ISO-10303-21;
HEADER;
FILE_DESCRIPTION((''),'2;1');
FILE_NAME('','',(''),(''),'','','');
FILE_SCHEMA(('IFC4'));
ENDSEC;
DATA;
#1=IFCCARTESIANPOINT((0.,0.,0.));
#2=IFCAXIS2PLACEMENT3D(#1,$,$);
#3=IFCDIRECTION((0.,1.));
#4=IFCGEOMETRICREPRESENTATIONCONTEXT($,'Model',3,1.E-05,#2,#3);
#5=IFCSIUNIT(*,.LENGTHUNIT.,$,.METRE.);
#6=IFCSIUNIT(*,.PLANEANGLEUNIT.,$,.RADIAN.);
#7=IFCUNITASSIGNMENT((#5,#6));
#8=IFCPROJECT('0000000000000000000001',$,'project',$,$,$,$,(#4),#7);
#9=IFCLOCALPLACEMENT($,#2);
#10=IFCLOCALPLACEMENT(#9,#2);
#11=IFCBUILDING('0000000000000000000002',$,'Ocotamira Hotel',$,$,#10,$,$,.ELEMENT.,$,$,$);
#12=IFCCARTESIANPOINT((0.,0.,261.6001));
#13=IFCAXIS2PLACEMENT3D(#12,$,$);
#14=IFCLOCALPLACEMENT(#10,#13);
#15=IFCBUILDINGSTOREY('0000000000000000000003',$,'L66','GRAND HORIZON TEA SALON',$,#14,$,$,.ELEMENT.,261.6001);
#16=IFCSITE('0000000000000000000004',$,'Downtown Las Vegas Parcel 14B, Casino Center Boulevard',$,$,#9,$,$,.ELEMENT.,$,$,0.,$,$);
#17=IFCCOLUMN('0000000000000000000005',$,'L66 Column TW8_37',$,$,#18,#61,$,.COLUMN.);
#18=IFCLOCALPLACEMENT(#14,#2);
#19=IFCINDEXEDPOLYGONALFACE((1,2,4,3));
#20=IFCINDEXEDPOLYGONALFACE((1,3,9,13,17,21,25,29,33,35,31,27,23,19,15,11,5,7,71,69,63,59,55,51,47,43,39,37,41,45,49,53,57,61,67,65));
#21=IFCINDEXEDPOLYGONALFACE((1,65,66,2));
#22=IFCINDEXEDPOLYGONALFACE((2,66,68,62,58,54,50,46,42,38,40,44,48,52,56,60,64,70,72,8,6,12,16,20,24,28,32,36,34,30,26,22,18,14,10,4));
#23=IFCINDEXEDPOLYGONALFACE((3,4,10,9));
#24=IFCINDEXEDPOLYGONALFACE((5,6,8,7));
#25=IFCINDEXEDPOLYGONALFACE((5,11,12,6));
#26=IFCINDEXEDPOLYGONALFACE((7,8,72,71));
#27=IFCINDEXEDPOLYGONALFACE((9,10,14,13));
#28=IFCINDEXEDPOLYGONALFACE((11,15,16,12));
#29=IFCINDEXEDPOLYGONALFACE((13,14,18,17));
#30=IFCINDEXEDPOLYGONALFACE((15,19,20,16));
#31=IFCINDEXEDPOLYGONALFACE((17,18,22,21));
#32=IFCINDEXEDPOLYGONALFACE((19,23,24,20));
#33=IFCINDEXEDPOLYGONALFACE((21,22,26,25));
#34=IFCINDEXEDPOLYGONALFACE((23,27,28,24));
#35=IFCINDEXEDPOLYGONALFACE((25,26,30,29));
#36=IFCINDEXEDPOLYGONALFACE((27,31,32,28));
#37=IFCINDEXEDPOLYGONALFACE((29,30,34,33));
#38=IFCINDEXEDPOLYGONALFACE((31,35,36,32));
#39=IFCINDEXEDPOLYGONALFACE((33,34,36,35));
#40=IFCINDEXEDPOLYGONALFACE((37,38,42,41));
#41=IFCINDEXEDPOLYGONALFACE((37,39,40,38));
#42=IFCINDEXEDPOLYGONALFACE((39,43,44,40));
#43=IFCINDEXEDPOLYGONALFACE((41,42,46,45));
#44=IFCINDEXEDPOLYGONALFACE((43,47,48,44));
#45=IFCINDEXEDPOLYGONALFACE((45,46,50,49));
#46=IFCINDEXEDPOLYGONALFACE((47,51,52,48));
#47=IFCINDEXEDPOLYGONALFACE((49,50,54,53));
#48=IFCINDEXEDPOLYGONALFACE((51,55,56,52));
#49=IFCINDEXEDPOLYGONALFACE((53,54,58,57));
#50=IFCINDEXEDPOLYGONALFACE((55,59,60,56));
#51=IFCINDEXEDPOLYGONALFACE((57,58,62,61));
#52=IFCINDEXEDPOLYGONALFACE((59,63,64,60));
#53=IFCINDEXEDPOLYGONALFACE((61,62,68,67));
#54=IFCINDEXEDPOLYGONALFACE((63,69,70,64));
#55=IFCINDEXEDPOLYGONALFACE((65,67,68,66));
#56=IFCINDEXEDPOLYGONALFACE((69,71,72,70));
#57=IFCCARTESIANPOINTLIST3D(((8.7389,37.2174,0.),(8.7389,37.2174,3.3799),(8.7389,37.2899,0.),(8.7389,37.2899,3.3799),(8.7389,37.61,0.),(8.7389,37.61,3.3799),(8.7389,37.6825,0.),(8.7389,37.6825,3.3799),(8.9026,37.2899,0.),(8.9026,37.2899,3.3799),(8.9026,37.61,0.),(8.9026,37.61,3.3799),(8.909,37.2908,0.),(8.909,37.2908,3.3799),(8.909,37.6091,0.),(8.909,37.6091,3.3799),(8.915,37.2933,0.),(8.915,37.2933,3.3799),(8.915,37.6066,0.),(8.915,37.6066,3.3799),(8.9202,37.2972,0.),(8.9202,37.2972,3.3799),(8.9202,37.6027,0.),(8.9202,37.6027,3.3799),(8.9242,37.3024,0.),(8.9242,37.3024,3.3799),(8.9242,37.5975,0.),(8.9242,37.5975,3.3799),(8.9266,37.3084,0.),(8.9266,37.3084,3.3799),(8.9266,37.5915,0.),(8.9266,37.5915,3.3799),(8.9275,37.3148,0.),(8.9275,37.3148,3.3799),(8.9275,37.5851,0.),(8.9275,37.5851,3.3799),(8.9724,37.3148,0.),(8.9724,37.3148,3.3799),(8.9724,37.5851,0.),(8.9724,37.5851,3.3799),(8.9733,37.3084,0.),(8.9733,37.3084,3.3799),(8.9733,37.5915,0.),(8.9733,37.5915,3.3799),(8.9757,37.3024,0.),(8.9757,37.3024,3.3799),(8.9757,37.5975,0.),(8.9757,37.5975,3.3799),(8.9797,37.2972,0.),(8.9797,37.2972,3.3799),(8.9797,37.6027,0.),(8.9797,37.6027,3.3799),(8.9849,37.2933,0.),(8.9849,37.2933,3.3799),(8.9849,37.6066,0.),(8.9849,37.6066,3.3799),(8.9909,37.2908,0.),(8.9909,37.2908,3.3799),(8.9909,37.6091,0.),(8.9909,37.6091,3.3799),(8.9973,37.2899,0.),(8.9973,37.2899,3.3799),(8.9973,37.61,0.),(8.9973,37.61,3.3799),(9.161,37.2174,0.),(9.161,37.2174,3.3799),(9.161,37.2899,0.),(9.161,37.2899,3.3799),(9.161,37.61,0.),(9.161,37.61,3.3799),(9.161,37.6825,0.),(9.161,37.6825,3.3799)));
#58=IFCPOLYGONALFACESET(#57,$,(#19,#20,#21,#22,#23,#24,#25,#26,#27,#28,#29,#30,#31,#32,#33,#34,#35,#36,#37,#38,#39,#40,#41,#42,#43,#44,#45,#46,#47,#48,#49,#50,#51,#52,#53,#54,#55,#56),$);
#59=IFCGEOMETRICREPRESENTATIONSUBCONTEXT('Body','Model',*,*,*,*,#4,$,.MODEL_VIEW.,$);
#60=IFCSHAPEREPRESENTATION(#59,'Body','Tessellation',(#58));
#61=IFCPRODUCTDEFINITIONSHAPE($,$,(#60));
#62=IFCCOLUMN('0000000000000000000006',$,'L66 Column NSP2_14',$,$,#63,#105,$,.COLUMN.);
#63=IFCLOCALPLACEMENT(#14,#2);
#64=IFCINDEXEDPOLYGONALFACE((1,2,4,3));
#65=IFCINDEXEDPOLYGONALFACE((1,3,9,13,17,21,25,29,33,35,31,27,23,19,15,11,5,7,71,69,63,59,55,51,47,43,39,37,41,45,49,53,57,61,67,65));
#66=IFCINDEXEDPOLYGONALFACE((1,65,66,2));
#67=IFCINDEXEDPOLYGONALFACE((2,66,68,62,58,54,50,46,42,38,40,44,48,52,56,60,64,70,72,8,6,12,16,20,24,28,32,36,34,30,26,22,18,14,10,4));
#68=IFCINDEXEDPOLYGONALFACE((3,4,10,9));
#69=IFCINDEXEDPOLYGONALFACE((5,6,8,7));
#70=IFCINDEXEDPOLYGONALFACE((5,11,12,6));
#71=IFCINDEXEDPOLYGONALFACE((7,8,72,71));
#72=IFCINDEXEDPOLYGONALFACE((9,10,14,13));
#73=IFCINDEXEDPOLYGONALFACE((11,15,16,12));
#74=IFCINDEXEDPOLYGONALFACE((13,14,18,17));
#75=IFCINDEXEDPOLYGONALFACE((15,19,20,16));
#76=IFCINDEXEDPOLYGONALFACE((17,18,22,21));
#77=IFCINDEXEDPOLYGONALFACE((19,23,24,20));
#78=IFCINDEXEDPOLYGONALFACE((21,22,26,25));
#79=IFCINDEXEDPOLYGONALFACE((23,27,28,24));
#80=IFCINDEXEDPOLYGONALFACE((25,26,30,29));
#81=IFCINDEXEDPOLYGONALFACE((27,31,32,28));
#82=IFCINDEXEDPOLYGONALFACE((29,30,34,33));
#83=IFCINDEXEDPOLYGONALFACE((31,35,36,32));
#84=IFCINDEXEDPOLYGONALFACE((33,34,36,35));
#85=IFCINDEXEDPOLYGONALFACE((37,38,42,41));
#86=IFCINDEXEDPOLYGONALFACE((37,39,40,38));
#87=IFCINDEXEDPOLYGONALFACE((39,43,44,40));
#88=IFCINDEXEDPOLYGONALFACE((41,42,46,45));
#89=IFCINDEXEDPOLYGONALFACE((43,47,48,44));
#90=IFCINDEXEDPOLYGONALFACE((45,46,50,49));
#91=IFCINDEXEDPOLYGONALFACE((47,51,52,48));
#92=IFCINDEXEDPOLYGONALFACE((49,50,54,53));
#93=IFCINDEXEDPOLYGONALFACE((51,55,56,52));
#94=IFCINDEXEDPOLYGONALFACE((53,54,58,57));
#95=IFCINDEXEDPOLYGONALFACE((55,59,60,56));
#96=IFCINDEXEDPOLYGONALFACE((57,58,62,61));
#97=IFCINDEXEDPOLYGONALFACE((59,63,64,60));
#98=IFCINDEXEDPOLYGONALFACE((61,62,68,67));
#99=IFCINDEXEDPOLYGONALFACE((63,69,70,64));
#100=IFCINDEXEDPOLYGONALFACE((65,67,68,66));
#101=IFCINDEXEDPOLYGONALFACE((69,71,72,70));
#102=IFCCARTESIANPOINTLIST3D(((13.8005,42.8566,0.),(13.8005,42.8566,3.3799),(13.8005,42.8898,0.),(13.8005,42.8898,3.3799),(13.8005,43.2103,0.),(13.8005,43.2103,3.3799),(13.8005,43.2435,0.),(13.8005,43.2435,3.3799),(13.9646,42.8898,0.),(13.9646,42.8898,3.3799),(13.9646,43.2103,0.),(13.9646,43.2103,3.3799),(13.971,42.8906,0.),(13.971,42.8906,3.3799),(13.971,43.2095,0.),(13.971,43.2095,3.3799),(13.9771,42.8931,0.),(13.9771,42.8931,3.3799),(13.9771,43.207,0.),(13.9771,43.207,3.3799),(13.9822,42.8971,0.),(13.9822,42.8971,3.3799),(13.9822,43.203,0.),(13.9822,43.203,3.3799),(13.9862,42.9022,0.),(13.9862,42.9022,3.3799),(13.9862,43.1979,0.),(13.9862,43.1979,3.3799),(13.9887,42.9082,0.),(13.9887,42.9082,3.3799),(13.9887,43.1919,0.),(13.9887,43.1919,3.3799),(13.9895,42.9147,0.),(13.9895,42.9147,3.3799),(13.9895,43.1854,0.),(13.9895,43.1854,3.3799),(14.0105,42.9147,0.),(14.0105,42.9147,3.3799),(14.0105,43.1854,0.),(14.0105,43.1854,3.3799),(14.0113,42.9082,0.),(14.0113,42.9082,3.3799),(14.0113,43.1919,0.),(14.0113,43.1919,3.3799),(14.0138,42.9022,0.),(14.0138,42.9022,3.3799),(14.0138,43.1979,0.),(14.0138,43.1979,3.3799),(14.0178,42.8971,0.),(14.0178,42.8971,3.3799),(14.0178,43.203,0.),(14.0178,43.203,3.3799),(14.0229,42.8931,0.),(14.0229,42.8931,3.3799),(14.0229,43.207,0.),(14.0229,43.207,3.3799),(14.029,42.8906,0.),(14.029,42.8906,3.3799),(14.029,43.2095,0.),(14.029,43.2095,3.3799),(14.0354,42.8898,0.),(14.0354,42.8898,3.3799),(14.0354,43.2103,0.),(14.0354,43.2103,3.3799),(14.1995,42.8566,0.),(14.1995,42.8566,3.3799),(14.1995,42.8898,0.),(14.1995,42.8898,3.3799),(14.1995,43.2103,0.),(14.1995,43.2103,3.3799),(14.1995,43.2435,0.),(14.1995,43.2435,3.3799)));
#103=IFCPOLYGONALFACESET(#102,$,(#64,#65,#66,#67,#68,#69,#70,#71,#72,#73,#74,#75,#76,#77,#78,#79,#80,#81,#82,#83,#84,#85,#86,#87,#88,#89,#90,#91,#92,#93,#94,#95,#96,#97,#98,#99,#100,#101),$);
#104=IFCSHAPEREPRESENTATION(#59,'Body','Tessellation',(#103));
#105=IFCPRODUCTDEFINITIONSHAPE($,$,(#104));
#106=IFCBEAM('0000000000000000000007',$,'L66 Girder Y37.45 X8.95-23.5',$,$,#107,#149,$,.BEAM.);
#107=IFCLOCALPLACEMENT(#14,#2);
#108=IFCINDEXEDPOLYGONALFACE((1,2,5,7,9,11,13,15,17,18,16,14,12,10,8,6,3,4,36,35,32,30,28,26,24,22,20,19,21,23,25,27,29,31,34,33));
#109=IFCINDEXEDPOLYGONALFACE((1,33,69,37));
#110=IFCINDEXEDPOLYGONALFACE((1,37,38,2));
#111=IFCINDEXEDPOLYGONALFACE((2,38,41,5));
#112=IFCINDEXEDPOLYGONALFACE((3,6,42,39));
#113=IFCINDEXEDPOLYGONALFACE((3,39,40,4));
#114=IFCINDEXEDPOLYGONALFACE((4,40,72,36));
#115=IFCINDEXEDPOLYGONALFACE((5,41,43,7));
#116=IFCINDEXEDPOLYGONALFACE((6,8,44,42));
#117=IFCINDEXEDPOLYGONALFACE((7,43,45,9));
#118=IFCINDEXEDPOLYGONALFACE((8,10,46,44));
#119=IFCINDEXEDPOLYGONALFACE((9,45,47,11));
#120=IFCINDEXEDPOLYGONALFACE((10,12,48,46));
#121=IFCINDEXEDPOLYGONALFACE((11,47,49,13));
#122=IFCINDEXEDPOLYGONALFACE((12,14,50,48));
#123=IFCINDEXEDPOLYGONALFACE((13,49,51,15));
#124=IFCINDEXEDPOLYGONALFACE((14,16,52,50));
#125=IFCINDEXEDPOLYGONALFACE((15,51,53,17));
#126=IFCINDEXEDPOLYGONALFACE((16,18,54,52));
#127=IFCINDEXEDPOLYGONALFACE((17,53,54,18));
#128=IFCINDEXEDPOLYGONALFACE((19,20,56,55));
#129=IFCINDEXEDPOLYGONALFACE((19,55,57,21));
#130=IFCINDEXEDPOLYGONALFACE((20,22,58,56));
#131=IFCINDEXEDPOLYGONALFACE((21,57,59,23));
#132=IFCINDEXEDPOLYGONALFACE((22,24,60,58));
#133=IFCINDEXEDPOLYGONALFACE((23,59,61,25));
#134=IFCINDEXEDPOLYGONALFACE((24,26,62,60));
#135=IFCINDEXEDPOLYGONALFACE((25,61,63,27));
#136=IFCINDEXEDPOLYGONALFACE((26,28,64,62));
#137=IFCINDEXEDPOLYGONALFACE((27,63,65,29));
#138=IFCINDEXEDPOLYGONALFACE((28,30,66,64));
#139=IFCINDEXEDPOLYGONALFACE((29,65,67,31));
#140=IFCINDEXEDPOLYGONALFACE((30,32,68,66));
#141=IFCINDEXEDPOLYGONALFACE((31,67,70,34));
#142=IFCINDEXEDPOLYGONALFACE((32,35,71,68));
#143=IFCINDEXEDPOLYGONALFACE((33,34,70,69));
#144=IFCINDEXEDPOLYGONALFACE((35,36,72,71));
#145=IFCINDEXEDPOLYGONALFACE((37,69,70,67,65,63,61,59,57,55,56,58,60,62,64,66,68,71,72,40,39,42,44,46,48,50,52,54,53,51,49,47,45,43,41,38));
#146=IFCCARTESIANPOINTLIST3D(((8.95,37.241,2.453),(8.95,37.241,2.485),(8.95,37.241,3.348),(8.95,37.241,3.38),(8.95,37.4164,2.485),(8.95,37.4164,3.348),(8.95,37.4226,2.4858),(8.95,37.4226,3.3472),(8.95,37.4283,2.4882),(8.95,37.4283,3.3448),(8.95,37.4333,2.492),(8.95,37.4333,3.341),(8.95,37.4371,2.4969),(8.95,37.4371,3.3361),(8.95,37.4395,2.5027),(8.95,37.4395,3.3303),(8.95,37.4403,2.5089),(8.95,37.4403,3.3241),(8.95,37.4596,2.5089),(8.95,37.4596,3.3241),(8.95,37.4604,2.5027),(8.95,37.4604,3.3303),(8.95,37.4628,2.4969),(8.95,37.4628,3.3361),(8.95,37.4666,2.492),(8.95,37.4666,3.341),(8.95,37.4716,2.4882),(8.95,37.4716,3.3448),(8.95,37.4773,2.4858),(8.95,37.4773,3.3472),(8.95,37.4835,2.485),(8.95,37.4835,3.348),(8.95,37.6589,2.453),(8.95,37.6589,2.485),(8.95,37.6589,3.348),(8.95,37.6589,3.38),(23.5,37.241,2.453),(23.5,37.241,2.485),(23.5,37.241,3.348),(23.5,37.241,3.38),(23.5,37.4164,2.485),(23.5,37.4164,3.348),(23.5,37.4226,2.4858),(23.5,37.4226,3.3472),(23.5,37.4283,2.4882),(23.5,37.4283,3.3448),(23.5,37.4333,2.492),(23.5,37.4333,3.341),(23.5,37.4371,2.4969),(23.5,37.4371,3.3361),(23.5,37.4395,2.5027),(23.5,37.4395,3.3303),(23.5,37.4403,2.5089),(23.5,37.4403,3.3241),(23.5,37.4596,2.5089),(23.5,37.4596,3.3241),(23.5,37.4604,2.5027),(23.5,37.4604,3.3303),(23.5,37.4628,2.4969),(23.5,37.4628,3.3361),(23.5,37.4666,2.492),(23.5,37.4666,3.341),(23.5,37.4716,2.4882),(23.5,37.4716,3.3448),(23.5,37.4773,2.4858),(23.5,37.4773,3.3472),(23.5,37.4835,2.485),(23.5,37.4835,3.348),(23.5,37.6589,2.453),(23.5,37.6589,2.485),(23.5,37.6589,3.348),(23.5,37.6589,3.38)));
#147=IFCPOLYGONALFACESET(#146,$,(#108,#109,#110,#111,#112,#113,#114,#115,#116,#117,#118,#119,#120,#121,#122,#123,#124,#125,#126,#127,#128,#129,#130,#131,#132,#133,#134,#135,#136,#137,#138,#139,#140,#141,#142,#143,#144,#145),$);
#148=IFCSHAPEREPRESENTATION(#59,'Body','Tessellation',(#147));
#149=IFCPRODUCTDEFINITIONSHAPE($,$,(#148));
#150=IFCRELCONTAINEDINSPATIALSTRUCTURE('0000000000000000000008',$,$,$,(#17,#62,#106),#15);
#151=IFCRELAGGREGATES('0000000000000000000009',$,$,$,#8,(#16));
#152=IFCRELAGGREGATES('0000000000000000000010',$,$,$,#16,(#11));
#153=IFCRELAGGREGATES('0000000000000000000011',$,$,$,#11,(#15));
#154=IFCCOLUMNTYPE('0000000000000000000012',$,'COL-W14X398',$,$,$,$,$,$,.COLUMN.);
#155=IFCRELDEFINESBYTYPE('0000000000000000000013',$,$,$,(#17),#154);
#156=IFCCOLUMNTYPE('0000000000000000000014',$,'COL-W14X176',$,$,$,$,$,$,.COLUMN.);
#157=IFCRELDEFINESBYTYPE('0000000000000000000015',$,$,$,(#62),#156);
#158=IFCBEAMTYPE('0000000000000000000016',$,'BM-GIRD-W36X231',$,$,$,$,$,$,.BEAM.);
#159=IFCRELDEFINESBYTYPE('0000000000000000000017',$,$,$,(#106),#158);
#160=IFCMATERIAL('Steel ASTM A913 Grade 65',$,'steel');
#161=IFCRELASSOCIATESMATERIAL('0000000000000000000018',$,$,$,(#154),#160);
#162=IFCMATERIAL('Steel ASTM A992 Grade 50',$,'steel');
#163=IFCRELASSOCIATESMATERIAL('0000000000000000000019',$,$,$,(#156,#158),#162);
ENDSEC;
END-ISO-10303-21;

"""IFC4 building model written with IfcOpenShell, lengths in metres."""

from ifc_helpers import new_model, si_unit, direction, frame, origin, origin_2d, place, context, subcontext, project, spatial, i_section, extrude, source, transform, mapped, material, material_profile, profile_set, type_object, element, save


model = new_model("IFC4")

# Units and contexts
model_context = context("Model", 3, precision=1e-05, world=origin(), true_north=direction((0.0, 1.0)))
body_context = subcontext(model_context, "Body", "Model", "MODEL_VIEW")
ifc_project = project(units=[si_unit("LENGTHUNIT", "METRE"), si_unit("PLANEANGLEUNIT", "RADIAN")], contexts=[model_context])

# Site, building, storey
site_placement = place(None, origin())
site = spatial("IfcSite", under=ifc_project, at=site_placement, Name="Downtown Las Vegas Parcel 14B, Casino Center Boulevard", CompositionType="ELEMENT", RefElevation=0.0)
building_placement = place(site_placement, origin())
building = spatial("IfcBuilding", under=site, at=building_placement, Name="Ocotamira Hotel", CompositionType="ELEMENT")
storey_placement = place(building_placement, frame((0.0, 0.0, 261.6001)))
storey = spatial("IfcBuildingStorey", under=building, at=storey_placement, Name="L66", Description="GRAND HORIZON TEA SALON", CompositionType="ELEMENT", Elevation=261.6001)

# Columns
ifc_material_1 = material(Name="Steel ASTM A913 Grade 65", Category="steel")
ifc_material_profile_1 = material_profile(ifc_material_1, i_section(OverallWidth=0.4221, OverallDepth=0.4651, WebThickness=0.0449, FlangeThickness=0.0725, FilletRadius=0.0249, at=origin_2d()), Name="W14X398")
ifc_profile_set_1 = profile_set([ifc_material_profile_1], Name="Steel ASTM A913 Grade 65")
column_type_1 = type_object("IfcColumnType", Name="COL-W14X398", PredefinedType="COLUMN", material=ifc_profile_set_1)
shared_shape_1 = source(origin(), body_context, "Body", "SweptSolid", [
    extrude(i_section(OverallWidth=0.4221, OverallDepth=0.4651, WebThickness=0.0449, FlangeThickness=0.0725, FilletRadius=0.0249, at=origin_2d()), origin(), (0.0, 0.0, 1.0), 3.3799),
])
column_1_placement = place(storey_placement, frame((8.95, 37.45, 0.0), z_axis=(0.0, 0.0, 1.0), x_axis=(1.0, 0.0, 0.0)))
element("IfcColumn", 1, at=column_1_placement, inside=storey, type_object=column_type_1, Name="L66 Column TW8_37", PredefinedType="COLUMN", context=body_context, shape_type="MappedRepresentation", body=[
    mapped(shared_shape_1, transform((0.0, 0.0, 0.0), scale=1.0)),
])
ifc_material_2 = material(Name="Steel ASTM A992 Grade 50", Category="steel")
ifc_material_profile_2 = material_profile(ifc_material_2, i_section(OverallWidth=0.3989, OverallDepth=0.387, WebThickness=0.021, FlangeThickness=0.0332, FilletRadius=0.0249, at=origin_2d()), Name="W14X176")
ifc_profile_set_2 = profile_set([ifc_material_profile_2], Name="Steel ASTM A992 Grade 50")
column_type_2 = type_object("IfcColumnType", Name="COL-W14X176", PredefinedType="COLUMN", material=ifc_profile_set_2)
shared_shape_2 = source(origin(), body_context, "Body", "SweptSolid", [
    extrude(i_section(OverallWidth=0.3989, OverallDepth=0.387, WebThickness=0.021, FlangeThickness=0.0332, FilletRadius=0.0249, at=origin_2d()), origin(), (0.0, 0.0, 1.0), 3.3799),
])
column_2_placement = place(storey_placement, frame((14.0, 43.05, 0.0), z_axis=(0.0, 0.0, 1.0), x_axis=(1.0, 0.0, 0.0)))
element("IfcColumn", 2, at=column_2_placement, inside=storey, type_object=column_type_2, Name="L66 Column NSP2_14", PredefinedType="COLUMN", context=body_context, shape_type="MappedRepresentation", body=[
    mapped(shared_shape_2, transform((0.0, 0.0, 0.0), scale=1.0)),
])

# Beam
ifc_material_profile_3 = material_profile(ifc_material_2, i_section(OverallWidth=0.418, OverallDepth=0.927, WebThickness=0.0193, FlangeThickness=0.032, FilletRadius=0.0239, at=origin_2d()), Name="W36X231")
ifc_profile_set_3 = profile_set([ifc_material_profile_3], Name="Steel ASTM A992 Grade 50")
beam_type_1 = type_object("IfcBeamType", Name="BM-GIRD-W36X231", PredefinedType="BEAM", material=ifc_profile_set_3)
shared_shape_3 = source(origin(), body_context, "Body", "SweptSolid", [
    extrude(i_section(OverallWidth=0.418, OverallDepth=0.927, WebThickness=0.0193, FlangeThickness=0.032, FilletRadius=0.0239, at=origin_2d()), origin(), (0.0, 0.0, 1.0), 14.55),
])
beam_1_placement = place(storey_placement, frame((8.95, 37.45, 2.9165), z_axis=(1.0, 0.0, 0.0), x_axis=(0.0, 1.0, 0.0)))
element("IfcBeam", 3, at=beam_1_placement, inside=storey, type_object=beam_type_1, Name="L66 Girder Y37.45 X8.95-23.5", PredefinedType="BEAM", context=body_context, shape_type="MappedRepresentation", body=[
    mapped(shared_shape_3, transform((0.0, 0.0, 0.0), scale=1.0)),
])

save(model, "model.ifc")
